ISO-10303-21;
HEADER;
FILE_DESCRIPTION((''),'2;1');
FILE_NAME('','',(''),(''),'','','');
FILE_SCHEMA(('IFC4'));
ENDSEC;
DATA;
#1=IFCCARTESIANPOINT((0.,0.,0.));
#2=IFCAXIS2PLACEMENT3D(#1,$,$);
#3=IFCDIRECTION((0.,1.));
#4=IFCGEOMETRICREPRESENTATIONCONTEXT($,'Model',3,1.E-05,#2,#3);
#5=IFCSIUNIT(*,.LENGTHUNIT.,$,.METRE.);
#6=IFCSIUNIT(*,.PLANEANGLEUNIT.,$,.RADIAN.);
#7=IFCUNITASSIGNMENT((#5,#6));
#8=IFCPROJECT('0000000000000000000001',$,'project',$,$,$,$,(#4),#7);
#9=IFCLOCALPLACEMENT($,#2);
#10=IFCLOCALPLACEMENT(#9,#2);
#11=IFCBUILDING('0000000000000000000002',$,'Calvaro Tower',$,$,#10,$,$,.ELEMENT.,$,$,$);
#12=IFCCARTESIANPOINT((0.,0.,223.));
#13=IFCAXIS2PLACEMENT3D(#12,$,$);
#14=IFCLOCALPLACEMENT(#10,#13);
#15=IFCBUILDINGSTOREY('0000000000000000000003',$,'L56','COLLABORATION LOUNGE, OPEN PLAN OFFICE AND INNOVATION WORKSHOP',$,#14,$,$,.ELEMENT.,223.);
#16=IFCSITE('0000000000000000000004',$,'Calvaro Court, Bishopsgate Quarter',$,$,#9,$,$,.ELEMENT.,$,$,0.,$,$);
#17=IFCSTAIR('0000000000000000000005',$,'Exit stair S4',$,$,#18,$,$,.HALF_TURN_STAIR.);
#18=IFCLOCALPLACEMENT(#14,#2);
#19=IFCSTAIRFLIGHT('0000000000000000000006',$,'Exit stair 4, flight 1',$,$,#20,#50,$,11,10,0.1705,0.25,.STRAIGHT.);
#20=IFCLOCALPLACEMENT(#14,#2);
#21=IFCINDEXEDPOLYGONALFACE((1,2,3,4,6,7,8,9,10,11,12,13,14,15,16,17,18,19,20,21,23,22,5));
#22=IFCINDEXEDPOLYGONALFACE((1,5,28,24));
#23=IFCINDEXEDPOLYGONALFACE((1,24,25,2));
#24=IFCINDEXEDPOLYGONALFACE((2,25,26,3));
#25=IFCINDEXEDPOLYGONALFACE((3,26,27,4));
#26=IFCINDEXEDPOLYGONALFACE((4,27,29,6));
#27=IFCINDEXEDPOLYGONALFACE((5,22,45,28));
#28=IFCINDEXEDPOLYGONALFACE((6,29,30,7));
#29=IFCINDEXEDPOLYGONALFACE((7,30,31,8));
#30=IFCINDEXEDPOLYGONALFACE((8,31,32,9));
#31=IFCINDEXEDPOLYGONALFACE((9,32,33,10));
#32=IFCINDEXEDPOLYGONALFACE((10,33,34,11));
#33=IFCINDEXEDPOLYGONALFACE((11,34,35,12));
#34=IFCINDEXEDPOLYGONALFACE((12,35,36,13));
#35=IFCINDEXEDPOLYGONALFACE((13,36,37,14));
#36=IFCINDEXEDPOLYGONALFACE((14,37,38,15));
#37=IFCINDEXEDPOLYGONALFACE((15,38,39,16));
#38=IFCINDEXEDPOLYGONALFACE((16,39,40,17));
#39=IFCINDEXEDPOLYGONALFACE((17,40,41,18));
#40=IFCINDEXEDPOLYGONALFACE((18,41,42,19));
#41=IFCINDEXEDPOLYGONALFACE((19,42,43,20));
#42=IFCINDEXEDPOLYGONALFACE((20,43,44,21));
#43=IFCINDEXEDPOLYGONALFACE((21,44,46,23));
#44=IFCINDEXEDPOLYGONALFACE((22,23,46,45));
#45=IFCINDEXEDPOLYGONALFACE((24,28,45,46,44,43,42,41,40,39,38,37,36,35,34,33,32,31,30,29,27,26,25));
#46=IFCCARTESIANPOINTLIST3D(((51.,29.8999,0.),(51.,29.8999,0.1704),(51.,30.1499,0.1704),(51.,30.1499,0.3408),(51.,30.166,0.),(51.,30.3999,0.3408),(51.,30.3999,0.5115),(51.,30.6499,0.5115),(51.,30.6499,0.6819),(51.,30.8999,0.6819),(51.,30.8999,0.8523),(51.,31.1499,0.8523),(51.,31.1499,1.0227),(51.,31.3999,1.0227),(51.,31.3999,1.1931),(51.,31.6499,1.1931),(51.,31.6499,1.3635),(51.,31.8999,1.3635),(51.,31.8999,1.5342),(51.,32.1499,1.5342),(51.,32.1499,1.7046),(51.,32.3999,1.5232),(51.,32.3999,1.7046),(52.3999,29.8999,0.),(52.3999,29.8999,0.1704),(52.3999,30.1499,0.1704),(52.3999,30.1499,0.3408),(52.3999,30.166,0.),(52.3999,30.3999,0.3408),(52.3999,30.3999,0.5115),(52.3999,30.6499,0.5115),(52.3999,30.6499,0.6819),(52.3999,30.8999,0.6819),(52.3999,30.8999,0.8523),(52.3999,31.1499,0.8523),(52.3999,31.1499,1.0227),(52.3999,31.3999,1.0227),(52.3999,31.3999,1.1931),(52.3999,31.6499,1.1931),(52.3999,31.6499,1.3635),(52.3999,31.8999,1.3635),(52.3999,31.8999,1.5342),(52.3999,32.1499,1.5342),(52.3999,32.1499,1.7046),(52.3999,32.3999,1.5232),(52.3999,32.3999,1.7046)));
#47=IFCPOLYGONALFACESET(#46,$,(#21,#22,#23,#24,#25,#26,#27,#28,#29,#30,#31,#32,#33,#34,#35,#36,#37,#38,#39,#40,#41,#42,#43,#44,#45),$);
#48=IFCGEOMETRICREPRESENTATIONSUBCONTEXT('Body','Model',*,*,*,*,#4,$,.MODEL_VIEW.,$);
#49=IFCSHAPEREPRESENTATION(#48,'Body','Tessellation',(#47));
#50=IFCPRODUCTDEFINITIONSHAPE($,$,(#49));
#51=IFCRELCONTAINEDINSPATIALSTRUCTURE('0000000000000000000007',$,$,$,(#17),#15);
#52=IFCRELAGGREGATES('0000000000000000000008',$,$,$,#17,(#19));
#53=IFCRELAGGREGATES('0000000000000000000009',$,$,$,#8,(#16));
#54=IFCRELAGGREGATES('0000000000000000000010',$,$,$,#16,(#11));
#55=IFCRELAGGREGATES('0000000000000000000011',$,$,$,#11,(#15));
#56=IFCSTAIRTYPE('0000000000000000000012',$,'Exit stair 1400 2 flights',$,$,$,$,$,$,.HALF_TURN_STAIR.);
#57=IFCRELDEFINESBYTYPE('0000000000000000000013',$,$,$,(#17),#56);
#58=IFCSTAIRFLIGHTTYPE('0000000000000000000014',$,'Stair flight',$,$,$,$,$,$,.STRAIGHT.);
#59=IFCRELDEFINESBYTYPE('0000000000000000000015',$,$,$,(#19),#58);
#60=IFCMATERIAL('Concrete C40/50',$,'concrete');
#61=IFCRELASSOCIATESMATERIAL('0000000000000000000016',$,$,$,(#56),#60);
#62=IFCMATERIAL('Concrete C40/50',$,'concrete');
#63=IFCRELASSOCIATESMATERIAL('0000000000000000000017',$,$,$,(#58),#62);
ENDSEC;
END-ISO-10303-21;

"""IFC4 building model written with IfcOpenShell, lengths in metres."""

from ifc_helpers import new_model, si_unit, direction, frame, origin, place, context, subcontext, project, spatial, polyline, outline, extrude, material, type_object, element, aggregate, save


model = new_model("IFC4")

# Units and contexts
model_context = context("Model", 3, precision=1e-05, world=origin(), true_north=direction((0.0, 1.0)))
body_context = subcontext(model_context, "Body", "Model", "MODEL_VIEW")
ifc_project = project(units=[si_unit("LENGTHUNIT", "METRE"), si_unit("PLANEANGLEUNIT", "RADIAN")], contexts=[model_context])

# Site, building, storey
site_placement = place(None, origin())
site = spatial("IfcSite", under=ifc_project, at=site_placement, Name="Calvaro Court, Bishopsgate Quarter", CompositionType="ELEMENT", RefElevation=0.0)
building_placement = place(site_placement, origin())
building = spatial("IfcBuilding", under=site, at=building_placement, Name="Calvaro Tower", CompositionType="ELEMENT")
storey_placement = place(building_placement, frame((0.0, 0.0, 223.0)))
storey = spatial("IfcBuildingStorey", under=building, at=storey_placement, Name="L56", Description="COLLABORATION LOUNGE, OPEN PLAN OFFICE AND INNOVATION WORKSHOP", CompositionType="ELEMENT", Elevation=223.0)

# Stair, stair flight
ifc_material_1 = material(Name="Concrete C40/50", Category="concrete")
stair_type = type_object("IfcStairType", Name="Exit stair 1400 2 flights", PredefinedType="HALF_TURN_STAIR", material=ifc_material_1)
ifc_material_2 = material(Name="Concrete C40/50", Category="concrete")
stair_flight_type = type_object("IfcStairFlightType", Name="Stair flight", PredefinedType="STRAIGHT", material=ifc_material_2)
stair_1_placement = place(storey_placement, origin())
stair_1 = element("IfcStair", 1, at=stair_1_placement, inside=storey, type_object=stair_type, Name="Exit stair S4", PredefinedType="HALF_TURN_STAIR")
stair_flight_1_placement = place(storey_placement, frame((51.7, 29.8999, 0.0), z_axis=(0.0, 0.0, 1.0), x_axis=(0.0, 1.0, 0.0)))
stair_flight_1 = element("IfcStairFlight", 2, at=stair_flight_1_placement, type_object=stair_flight_type, Name="Exit stair 4, flight 1", NumberOfRisers=11, NumberOfTreads=10, PredefinedType="STRAIGHT", RiserHeight=0.1705, TreadLength=0.25, context=body_context, shape_type="SweptSolid", body=[
    extrude(outline(polyline([(0.0, 0.0), (0.0, 0.1704), (0.25, 0.1704), (0.25, 0.3408), (0.5, 0.3408), (0.5, 0.5115), (0.75, 0.5115), (0.75, 0.6819), (1.0, 0.6819), (1.0, 0.8523), (1.25, 0.8523), (1.25, 1.0227), (1.5, 1.0227), (1.5, 1.1931), (1.75, 1.1931), (1.75, 1.3635), (2.0, 1.3635), (2.0, 1.5342), (2.25, 1.5342), (2.25, 1.7046), (2.5, 1.7046), (2.5, 1.875), (2.5, 1.5232), (0.2661, 0.0), (0.0, 0.0)])), frame((0.0, 0.7, 0.0), z_axis=(0.0, -1.0, 0.0), x_axis=(1.0, 0.0, 0.0)), (0.0, 0.0, 1.0), 1.3999),
])

aggregate(stair_1, [stair_flight_1])

save(model, "model.ifc")
